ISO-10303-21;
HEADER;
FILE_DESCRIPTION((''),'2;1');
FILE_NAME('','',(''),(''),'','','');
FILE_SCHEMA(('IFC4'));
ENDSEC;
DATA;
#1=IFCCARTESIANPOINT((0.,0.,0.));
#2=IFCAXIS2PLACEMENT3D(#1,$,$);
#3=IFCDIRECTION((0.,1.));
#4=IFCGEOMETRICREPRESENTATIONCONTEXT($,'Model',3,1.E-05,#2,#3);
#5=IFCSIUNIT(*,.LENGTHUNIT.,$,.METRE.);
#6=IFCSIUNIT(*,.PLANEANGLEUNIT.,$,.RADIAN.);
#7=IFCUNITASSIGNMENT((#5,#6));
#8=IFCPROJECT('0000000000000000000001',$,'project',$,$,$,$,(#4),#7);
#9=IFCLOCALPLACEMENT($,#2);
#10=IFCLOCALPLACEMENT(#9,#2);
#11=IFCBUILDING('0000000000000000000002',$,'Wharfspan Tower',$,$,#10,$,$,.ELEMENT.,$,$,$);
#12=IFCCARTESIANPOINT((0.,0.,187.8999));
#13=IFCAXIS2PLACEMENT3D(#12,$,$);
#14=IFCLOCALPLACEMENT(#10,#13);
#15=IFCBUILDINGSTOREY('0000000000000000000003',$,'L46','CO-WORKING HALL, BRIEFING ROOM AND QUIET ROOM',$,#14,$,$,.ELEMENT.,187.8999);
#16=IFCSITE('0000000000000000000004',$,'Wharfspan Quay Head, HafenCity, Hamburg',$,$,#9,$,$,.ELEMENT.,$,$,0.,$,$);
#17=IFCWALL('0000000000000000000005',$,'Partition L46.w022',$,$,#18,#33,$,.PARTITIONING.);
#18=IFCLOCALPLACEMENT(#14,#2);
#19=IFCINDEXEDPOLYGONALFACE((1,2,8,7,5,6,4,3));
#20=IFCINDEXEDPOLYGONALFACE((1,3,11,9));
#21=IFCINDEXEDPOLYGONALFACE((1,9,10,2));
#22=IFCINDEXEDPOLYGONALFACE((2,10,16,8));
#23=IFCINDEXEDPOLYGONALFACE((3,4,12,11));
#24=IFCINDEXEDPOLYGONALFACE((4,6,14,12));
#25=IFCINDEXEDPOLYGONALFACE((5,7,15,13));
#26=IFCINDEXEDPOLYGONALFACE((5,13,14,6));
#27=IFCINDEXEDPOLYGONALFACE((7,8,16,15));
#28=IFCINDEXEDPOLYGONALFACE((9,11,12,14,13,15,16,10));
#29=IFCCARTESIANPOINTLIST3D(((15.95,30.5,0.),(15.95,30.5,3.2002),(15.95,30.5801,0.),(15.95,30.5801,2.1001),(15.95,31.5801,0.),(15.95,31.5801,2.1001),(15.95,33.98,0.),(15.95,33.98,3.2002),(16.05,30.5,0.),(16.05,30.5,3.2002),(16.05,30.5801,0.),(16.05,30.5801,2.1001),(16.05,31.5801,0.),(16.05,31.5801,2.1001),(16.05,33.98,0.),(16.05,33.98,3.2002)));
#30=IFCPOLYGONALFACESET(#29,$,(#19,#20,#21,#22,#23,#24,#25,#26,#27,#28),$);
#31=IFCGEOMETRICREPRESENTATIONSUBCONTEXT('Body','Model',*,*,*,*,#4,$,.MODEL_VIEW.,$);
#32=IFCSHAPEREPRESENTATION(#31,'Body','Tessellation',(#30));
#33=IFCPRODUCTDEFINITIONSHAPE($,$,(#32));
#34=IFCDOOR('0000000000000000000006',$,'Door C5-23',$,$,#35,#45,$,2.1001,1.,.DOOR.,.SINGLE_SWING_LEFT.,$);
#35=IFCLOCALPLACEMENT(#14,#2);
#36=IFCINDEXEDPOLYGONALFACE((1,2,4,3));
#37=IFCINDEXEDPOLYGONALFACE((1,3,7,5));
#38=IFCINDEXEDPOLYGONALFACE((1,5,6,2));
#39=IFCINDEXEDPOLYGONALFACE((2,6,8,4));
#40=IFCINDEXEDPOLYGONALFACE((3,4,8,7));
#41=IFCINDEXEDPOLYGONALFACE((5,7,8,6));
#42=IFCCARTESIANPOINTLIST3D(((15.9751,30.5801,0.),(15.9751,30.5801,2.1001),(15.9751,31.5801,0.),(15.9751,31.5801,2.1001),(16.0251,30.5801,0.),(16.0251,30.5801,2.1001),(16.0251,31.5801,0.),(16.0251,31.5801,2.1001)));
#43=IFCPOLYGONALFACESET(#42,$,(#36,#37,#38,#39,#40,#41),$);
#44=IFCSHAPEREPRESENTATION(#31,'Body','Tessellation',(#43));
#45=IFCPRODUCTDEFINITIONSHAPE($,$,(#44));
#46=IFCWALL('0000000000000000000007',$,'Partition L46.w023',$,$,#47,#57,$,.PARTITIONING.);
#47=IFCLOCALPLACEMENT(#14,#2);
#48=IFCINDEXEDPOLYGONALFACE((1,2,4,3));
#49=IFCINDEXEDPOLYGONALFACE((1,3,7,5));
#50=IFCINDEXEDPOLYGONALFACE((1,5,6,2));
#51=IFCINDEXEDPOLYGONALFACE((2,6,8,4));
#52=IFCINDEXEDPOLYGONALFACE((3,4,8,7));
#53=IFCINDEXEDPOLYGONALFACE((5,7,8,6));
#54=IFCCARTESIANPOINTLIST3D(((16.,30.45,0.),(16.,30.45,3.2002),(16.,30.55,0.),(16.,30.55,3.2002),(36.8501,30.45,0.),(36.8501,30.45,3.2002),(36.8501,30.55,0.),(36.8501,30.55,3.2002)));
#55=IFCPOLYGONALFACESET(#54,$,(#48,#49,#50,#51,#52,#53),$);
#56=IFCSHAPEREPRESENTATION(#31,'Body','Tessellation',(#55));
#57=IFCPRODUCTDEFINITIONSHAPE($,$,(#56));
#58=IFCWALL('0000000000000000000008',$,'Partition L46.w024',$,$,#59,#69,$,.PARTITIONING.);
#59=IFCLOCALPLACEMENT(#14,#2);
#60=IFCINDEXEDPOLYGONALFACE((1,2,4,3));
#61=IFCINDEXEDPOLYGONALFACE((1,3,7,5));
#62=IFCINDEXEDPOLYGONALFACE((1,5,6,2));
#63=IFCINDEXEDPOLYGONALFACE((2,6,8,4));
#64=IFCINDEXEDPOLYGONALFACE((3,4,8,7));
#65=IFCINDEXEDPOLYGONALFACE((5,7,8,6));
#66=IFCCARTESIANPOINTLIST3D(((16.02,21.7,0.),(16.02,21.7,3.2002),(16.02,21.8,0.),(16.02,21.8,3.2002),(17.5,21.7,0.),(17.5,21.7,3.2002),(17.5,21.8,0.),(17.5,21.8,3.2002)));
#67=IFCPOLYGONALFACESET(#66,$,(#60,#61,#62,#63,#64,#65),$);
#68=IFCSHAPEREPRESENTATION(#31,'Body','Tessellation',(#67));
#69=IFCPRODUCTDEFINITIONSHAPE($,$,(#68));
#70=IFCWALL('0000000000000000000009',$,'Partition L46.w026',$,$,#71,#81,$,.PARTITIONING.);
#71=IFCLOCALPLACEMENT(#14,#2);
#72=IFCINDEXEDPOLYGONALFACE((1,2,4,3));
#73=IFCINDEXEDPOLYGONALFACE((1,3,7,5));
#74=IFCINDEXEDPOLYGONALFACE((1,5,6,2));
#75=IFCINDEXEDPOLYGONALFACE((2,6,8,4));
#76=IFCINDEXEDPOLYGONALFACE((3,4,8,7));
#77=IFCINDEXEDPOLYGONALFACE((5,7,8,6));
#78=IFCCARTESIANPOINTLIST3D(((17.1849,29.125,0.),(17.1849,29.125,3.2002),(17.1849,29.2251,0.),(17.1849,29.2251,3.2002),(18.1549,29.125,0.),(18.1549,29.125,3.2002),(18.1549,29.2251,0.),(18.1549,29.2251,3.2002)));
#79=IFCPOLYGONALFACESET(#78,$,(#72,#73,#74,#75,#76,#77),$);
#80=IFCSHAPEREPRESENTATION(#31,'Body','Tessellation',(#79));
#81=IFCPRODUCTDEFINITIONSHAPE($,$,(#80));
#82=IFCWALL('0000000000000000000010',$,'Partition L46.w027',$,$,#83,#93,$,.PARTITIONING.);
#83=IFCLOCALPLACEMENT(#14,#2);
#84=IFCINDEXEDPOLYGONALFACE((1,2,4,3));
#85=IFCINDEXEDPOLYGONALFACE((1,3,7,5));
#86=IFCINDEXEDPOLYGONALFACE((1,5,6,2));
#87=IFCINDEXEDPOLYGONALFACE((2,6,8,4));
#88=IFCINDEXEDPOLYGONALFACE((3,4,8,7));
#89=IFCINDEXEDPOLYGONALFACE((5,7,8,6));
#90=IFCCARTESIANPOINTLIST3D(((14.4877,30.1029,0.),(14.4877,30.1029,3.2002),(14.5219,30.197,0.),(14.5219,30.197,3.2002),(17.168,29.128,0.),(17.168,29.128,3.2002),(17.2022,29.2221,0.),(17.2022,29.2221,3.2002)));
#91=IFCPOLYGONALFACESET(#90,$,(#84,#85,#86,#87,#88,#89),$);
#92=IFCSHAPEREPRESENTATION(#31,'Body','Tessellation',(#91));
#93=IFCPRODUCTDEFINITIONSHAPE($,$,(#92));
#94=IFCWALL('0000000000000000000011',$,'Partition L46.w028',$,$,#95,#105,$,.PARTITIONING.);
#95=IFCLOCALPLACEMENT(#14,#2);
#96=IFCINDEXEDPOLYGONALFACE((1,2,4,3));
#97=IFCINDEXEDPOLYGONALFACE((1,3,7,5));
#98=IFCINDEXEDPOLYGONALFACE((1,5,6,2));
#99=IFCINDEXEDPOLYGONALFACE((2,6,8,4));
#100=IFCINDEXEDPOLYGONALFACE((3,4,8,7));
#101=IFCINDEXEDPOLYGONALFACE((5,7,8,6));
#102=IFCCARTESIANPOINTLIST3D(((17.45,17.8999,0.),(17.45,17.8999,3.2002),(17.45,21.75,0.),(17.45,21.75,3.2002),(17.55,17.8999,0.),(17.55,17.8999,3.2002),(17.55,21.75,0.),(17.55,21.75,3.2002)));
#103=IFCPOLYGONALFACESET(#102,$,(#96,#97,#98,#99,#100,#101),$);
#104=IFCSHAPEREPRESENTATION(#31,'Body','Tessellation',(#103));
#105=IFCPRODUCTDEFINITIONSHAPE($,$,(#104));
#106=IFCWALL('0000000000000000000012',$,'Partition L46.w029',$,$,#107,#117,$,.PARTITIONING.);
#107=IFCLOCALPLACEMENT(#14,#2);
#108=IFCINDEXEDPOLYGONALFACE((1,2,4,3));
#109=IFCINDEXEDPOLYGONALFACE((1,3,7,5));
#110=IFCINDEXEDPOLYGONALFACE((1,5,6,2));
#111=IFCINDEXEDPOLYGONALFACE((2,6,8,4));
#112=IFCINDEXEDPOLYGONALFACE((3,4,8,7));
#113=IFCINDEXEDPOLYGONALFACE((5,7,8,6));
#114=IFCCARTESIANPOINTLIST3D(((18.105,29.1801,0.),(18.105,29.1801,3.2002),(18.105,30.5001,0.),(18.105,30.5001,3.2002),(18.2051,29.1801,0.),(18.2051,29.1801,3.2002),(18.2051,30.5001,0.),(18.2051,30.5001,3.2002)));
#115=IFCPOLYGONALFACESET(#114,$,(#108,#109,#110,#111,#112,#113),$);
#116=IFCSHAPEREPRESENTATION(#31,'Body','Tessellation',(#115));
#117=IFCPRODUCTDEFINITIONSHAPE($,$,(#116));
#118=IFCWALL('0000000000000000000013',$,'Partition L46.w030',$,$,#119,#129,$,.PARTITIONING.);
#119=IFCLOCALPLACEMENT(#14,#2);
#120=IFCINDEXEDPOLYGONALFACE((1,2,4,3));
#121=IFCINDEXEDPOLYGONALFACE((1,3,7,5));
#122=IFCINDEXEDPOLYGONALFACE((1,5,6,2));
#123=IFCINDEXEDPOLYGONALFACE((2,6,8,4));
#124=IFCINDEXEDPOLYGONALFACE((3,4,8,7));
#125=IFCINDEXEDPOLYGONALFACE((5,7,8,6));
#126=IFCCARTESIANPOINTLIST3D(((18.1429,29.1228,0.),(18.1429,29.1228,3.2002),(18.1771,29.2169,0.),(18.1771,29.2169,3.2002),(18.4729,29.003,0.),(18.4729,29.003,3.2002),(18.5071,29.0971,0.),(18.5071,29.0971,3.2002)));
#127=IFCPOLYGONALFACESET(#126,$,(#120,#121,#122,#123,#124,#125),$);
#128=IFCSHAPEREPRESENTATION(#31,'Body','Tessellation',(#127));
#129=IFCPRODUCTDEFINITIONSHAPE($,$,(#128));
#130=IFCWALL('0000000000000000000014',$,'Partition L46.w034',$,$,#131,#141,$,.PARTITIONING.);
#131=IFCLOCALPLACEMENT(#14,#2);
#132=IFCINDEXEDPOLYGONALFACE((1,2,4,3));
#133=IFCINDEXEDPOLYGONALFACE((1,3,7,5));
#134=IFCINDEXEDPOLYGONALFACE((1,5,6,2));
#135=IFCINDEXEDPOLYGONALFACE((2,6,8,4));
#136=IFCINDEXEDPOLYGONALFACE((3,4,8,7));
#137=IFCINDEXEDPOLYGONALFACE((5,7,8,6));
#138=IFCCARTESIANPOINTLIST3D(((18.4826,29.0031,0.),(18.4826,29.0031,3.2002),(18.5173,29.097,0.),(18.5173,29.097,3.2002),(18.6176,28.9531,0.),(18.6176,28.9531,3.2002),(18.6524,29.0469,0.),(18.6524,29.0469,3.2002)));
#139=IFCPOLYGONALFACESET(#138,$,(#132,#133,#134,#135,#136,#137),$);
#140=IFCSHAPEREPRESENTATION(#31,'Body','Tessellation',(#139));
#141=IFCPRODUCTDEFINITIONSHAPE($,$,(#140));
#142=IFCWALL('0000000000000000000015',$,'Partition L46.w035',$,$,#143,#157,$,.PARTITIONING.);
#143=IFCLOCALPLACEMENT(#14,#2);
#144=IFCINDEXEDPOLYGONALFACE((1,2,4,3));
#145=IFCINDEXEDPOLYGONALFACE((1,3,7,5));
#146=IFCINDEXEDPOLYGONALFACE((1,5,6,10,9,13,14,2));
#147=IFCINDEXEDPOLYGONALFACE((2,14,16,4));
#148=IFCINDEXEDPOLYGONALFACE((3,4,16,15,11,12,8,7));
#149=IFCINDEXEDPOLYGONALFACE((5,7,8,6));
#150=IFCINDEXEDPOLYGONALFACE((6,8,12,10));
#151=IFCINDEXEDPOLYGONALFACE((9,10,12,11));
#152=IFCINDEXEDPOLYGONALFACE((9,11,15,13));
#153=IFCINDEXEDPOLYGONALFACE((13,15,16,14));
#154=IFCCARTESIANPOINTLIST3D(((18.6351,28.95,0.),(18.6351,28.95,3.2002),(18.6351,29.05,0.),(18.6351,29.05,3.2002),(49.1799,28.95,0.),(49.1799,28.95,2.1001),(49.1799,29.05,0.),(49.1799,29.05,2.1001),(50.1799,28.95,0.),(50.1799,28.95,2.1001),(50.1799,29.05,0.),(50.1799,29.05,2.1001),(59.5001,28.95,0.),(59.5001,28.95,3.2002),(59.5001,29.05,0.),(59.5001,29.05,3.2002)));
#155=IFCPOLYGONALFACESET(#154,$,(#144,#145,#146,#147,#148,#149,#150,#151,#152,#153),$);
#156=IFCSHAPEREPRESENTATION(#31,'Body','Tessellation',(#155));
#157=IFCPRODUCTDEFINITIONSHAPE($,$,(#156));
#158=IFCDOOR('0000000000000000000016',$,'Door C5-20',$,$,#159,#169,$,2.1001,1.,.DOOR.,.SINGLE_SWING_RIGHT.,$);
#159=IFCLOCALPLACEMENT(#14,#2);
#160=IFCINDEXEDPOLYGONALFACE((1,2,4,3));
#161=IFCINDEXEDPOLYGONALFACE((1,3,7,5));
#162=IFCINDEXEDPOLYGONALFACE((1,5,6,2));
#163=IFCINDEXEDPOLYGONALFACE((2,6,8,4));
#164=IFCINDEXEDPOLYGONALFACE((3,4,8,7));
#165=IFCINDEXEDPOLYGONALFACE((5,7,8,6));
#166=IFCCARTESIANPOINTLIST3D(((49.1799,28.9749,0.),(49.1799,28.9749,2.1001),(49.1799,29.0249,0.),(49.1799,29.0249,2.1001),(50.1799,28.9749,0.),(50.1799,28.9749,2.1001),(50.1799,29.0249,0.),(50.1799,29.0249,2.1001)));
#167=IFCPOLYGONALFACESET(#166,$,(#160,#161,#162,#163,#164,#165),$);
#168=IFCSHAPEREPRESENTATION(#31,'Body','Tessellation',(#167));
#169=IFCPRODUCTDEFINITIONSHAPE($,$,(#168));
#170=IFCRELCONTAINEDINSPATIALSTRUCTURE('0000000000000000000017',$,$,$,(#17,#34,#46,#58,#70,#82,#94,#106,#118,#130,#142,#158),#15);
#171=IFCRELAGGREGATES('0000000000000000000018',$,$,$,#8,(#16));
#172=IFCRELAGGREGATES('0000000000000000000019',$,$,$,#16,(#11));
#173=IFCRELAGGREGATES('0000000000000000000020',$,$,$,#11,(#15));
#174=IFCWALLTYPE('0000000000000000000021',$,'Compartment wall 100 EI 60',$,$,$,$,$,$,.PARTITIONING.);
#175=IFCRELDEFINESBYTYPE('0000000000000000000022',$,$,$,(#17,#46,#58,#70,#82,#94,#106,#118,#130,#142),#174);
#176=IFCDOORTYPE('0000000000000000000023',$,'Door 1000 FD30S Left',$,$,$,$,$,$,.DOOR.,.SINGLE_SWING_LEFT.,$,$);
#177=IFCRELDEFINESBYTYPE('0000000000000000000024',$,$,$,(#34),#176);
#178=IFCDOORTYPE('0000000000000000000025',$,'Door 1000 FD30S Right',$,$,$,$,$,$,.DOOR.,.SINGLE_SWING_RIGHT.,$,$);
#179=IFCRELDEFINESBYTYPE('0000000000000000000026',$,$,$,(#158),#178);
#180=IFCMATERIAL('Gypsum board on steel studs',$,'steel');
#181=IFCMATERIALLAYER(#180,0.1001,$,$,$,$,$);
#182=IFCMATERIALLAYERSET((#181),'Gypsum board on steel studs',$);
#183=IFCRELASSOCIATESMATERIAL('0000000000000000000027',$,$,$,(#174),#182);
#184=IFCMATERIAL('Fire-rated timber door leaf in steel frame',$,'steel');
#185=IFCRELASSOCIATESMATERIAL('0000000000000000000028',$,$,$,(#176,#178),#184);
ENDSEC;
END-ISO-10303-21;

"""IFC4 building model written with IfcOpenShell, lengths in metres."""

from ifc_helpers import new_model, si_unit, direction, frame, frame_2d, origin, place, context, subcontext, project, spatial, rectangle, extrude, material, layer, layer_set, type_object, element, fill, save


model = new_model("IFC4")

# Units and contexts
model_context = context("Model", 3, precision=1e-05, world=origin(), true_north=direction((0.0, 1.0)))
body_context = subcontext(model_context, "Body", "Model", "MODEL_VIEW")
ifc_project = project(units=[si_unit("LENGTHUNIT", "METRE"), si_unit("PLANEANGLEUNIT", "RADIAN")], contexts=[model_context])

# Site, building, storey
site_placement = place(None, origin())
site = spatial("IfcSite", under=ifc_project, at=site_placement, Name="Wharfspan Quay Head, HafenCity, Hamburg", CompositionType="ELEMENT", RefElevation=0.0)
building_placement = place(site_placement, origin())
building = spatial("IfcBuilding", under=site, at=building_placement, Name="Wharfspan Tower", CompositionType="ELEMENT")
storey_placement = place(building_placement, frame((0.0, 0.0, 187.8999)))
storey = spatial("IfcBuildingStorey", under=building, at=storey_placement, Name="L46", Description="CO-WORKING HALL, BRIEFING ROOM AND QUIET ROOM", CompositionType="ELEMENT", Elevation=187.8999)

# Shared definitions
ifc_material_1 = material(Name="Gypsum board on steel studs", Category="steel")
ifc_layer_1 = layer(ifc_material_1, 0.1001)
ifc_layer_set_1 = layer_set([ifc_layer_1], Name="Gypsum board on steel studs")
wall_type_1 = type_object("IfcWallType", Name="Compartment wall 100 EI 60", PredefinedType="PARTITIONING", material=ifc_layer_set_1)

# Wall, opening, door
wall_1_placement = place(storey_placement, frame((16.0, 30.5, 0.0), z_axis=(0.0, 0.0, 1.0), x_axis=(0.0, 1.0, 0.0)))
wall_1 = element("IfcWall", 1, at=wall_1_placement, inside=storey, type_object=wall_type_1, Name="Partition L46.w022", PredefinedType="PARTITIONING", context=body_context, shape_type="SweptSolid", body=[
    extrude(rectangle(XDim=3.48, YDim=0.1001, at=frame_2d((1.74, 0.0))), origin(), (0.0, 0.0, 1.0), 3.2002),
])
opening_1_placement = place(wall_1_placement, frame((0.0801, 0.0, 0.0)))
opening_1 = element("IfcOpeningElement", 2, at=opening_1_placement, cuts=wall_1, PredefinedType="OPENING", context=body_context, shape_type="SweptSolid", body=[
    extrude(rectangle(XDim=1.0, YDim=2.1001, at=frame_2d((0.5, 1.05))), frame((0.0, 0.0601, 0.0), z_axis=(0.0, -1.0, 0.0), x_axis=(1.0, 0.0, 0.0)), (0.0, 0.0, 1.0), 0.1201),
])
ifc_material_2 = material(Name="Fire-rated timber door leaf in steel frame", Category="steel")
door_type_1 = type_object("IfcDoorType", Name="Door 1000 FD30S Left", OperationType="SINGLE_SWING_LEFT", PredefinedType="DOOR", material=ifc_material_2)
door_1_placement = place(opening_1_placement, origin())
door_1 = element("IfcDoor", 3, at=door_1_placement, inside=storey, type_object=door_type_1, Name="Door C5-23", OperationType="SINGLE_SWING_LEFT", OverallHeight=2.1001, OverallWidth=1.0, PredefinedType="DOOR", context=body_context, shape_type="SweptSolid", body=[
    extrude(rectangle(XDim=1.0, YDim=2.1001, at=frame_2d((0.5, 1.05))), frame((0.0, 0.0249, 0.0), z_axis=(0.0, -1.0, 0.0), x_axis=(1.0, 0.0, 0.0)), (0.0, 0.0, 1.0), 0.05),
])
fill(opening_1, door_1)

# Walls
wall_2_placement = place(storey_placement, frame((16.0, 30.5, 0.0), z_axis=(0.0, 0.0, 1.0), x_axis=(1.0, 0.0, 0.0)))
element("IfcWall", 4, at=wall_2_placement, inside=storey, type_object=wall_type_1, Name="Partition L46.w023", PredefinedType="PARTITIONING", context=body_context, shape_type="SweptSolid", body=[
    extrude(rectangle(XDim=20.8501, YDim=0.1001, at=frame_2d((10.425, 0.0))), origin(), (0.0, 0.0, 1.0), 3.2002),
])
wall_3_placement = place(storey_placement, frame((16.02, 21.75, 0.0), z_axis=(0.0, 0.0, 1.0), x_axis=(1.0, 0.0, 0.0)))
element("IfcWall", 5, at=wall_3_placement, inside=storey, type_object=wall_type_1, Name="Partition L46.w024", PredefinedType="PARTITIONING", context=body_context, shape_type="SweptSolid", body=[
    extrude(rectangle(XDim=1.48, YDim=0.1001, at=frame_2d((0.74, 0.0))), origin(), (0.0, 0.0, 1.0), 3.2002),
])
wall_4_placement = place(storey_placement, frame((17.1851, 29.175, 0.0), z_axis=(0.0, 0.0, 1.0), x_axis=(1.0, 0.0, 0.0)))
element("IfcWall", 6, at=wall_4_placement, inside=storey, type_object=wall_type_1, Name="Partition L46.w026", PredefinedType="PARTITIONING", context=body_context, shape_type="SweptSolid", body=[
    extrude(rectangle(XDim=0.97, YDim=0.1001, at=frame_2d((0.4849, 0.0))), origin(), (0.0, 0.0, 1.0), 3.2002),
])
wall_5_placement = place(storey_placement, frame((17.1851, 29.175, 0.0), z_axis=(0.0, 0.0, 1.0), x_axis=(-0.939764, 0.341818, 0.0)))
element("IfcWall", 7, at=wall_5_placement, inside=storey, type_object=wall_type_1, Name="Partition L46.w027", PredefinedType="PARTITIONING", context=body_context, shape_type="SweptSolid", body=[
    extrude(rectangle(XDim=2.8521, YDim=0.1001, at=frame_2d((1.426, 0.0))), origin(), (0.0, 0.0, 1.0), 3.2002),
])
wall_6_placement = place(storey_placement, frame((17.5, 17.8999, 0.0), z_axis=(0.0, 0.0, 1.0), x_axis=(0.0, 1.0, 0.0)))
element("IfcWall", 8, at=wall_6_placement, inside=storey, type_object=wall_type_1, Name="Partition L46.w028", PredefinedType="PARTITIONING", context=body_context, shape_type="SweptSolid", body=[
    extrude(rectangle(XDim=3.8501, YDim=0.1001, at=frame_2d((1.925, 0.0))), origin(), (0.0, 0.0, 1.0), 3.2002),
])
wall_7_placement = place(storey_placement, frame((18.155, 29.1799, 0.0), z_axis=(0.0, 0.0, 1.0), x_axis=(0.0, 1.0, 0.0)))
element("IfcWall", 9, at=wall_7_placement, inside=storey, type_object=wall_type_1, Name="Partition L46.w029", PredefinedType="PARTITIONING", context=body_context, shape_type="SweptSolid", body=[
    extrude(rectangle(XDim=1.3201, YDim=0.1001, at=frame_2d((0.6602, 0.0))), origin(), (0.0, 0.0, 1.0), 3.2002),
])
wall_8_placement = place(storey_placement, frame((18.49, 29.05, 0.0), z_axis=(0.0, 0.0, 1.0), x_axis=(-0.939932, 0.341351, 0.0)))
element("IfcWall", 10, at=wall_8_placement, inside=storey, type_object=wall_type_1, Name="Partition L46.w030", PredefinedType="PARTITIONING", context=body_context, shape_type="SweptSolid", body=[
    extrude(rectangle(XDim=0.3511, YDim=0.1001, at=frame_2d((0.1755, 0.0))), origin(), (0.0, 0.0, 1.0), 3.2002),
])
wall_9_placement = place(storey_placement, frame((18.635, 29.0, 0.0), z_axis=(0.0, 0.0, 1.0), x_axis=(-0.937648, 0.347591, 0.0)))
element("IfcWall", 11, at=wall_9_placement, inside=storey, type_object=wall_type_1, Name="Partition L46.w034", PredefinedType="PARTITIONING", context=body_context, shape_type="SweptSolid", body=[
    extrude(rectangle(XDim=0.144, YDim=0.1001, at=frame_2d((0.072, 0.0))), origin(), (0.0, 0.0, 1.0), 3.2002),
])

# Wall, opening, door
wall_10_placement = place(storey_placement, frame((18.635, 29.0, 0.0), z_axis=(0.0, 0.0, 1.0), x_axis=(1.0, 0.0, 0.0)))
wall_10 = element("IfcWall", 12, at=wall_10_placement, inside=storey, type_object=wall_type_1, Name="Partition L46.w035", PredefinedType="PARTITIONING", context=body_context, shape_type="SweptSolid", body=[
    extrude(rectangle(XDim=40.865, YDim=0.1001, at=frame_2d((20.4326, 0.0))), origin(), (0.0, 0.0, 1.0), 3.2002),
])
opening_2_placement = place(wall_10_placement, frame((30.5449, 0.0, 0.0)))
opening_2 = element("IfcOpeningElement", 13, at=opening_2_placement, cuts=wall_10, PredefinedType="OPENING", context=body_context, shape_type="SweptSolid", body=[
    extrude(rectangle(XDim=1.0, YDim=2.1001, at=frame_2d((0.5, 1.05))), frame((0.0, 0.0601, 0.0), z_axis=(0.0, -1.0, 0.0), x_axis=(1.0, 0.0, 0.0)), (0.0, 0.0, 1.0), 0.1201),
])
door_type_2 = type_object("IfcDoorType", Name="Door 1000 FD30S Right", OperationType="SINGLE_SWING_RIGHT", PredefinedType="DOOR", material=ifc_material_2)
door_2_placement = place(opening_2_placement, origin())
door_2 = element("IfcDoor", 14, at=door_2_placement, inside=storey, type_object=door_type_2, Name="Door C5-20", OperationType="SINGLE_SWING_RIGHT", OverallHeight=2.1001, OverallWidth=1.0, PredefinedType="DOOR", context=body_context, shape_type="SweptSolid", body=[
    extrude(rectangle(XDim=1.0, YDim=2.1001, at=frame_2d((0.5, 1.05))), frame((0.0, 0.0249, 0.0), z_axis=(0.0, -1.0, 0.0), x_axis=(1.0, 0.0, 0.0)), (0.0, 0.0, 1.0), 0.05),
])
fill(opening_2, door_2)

save(model, "model.ifc")
